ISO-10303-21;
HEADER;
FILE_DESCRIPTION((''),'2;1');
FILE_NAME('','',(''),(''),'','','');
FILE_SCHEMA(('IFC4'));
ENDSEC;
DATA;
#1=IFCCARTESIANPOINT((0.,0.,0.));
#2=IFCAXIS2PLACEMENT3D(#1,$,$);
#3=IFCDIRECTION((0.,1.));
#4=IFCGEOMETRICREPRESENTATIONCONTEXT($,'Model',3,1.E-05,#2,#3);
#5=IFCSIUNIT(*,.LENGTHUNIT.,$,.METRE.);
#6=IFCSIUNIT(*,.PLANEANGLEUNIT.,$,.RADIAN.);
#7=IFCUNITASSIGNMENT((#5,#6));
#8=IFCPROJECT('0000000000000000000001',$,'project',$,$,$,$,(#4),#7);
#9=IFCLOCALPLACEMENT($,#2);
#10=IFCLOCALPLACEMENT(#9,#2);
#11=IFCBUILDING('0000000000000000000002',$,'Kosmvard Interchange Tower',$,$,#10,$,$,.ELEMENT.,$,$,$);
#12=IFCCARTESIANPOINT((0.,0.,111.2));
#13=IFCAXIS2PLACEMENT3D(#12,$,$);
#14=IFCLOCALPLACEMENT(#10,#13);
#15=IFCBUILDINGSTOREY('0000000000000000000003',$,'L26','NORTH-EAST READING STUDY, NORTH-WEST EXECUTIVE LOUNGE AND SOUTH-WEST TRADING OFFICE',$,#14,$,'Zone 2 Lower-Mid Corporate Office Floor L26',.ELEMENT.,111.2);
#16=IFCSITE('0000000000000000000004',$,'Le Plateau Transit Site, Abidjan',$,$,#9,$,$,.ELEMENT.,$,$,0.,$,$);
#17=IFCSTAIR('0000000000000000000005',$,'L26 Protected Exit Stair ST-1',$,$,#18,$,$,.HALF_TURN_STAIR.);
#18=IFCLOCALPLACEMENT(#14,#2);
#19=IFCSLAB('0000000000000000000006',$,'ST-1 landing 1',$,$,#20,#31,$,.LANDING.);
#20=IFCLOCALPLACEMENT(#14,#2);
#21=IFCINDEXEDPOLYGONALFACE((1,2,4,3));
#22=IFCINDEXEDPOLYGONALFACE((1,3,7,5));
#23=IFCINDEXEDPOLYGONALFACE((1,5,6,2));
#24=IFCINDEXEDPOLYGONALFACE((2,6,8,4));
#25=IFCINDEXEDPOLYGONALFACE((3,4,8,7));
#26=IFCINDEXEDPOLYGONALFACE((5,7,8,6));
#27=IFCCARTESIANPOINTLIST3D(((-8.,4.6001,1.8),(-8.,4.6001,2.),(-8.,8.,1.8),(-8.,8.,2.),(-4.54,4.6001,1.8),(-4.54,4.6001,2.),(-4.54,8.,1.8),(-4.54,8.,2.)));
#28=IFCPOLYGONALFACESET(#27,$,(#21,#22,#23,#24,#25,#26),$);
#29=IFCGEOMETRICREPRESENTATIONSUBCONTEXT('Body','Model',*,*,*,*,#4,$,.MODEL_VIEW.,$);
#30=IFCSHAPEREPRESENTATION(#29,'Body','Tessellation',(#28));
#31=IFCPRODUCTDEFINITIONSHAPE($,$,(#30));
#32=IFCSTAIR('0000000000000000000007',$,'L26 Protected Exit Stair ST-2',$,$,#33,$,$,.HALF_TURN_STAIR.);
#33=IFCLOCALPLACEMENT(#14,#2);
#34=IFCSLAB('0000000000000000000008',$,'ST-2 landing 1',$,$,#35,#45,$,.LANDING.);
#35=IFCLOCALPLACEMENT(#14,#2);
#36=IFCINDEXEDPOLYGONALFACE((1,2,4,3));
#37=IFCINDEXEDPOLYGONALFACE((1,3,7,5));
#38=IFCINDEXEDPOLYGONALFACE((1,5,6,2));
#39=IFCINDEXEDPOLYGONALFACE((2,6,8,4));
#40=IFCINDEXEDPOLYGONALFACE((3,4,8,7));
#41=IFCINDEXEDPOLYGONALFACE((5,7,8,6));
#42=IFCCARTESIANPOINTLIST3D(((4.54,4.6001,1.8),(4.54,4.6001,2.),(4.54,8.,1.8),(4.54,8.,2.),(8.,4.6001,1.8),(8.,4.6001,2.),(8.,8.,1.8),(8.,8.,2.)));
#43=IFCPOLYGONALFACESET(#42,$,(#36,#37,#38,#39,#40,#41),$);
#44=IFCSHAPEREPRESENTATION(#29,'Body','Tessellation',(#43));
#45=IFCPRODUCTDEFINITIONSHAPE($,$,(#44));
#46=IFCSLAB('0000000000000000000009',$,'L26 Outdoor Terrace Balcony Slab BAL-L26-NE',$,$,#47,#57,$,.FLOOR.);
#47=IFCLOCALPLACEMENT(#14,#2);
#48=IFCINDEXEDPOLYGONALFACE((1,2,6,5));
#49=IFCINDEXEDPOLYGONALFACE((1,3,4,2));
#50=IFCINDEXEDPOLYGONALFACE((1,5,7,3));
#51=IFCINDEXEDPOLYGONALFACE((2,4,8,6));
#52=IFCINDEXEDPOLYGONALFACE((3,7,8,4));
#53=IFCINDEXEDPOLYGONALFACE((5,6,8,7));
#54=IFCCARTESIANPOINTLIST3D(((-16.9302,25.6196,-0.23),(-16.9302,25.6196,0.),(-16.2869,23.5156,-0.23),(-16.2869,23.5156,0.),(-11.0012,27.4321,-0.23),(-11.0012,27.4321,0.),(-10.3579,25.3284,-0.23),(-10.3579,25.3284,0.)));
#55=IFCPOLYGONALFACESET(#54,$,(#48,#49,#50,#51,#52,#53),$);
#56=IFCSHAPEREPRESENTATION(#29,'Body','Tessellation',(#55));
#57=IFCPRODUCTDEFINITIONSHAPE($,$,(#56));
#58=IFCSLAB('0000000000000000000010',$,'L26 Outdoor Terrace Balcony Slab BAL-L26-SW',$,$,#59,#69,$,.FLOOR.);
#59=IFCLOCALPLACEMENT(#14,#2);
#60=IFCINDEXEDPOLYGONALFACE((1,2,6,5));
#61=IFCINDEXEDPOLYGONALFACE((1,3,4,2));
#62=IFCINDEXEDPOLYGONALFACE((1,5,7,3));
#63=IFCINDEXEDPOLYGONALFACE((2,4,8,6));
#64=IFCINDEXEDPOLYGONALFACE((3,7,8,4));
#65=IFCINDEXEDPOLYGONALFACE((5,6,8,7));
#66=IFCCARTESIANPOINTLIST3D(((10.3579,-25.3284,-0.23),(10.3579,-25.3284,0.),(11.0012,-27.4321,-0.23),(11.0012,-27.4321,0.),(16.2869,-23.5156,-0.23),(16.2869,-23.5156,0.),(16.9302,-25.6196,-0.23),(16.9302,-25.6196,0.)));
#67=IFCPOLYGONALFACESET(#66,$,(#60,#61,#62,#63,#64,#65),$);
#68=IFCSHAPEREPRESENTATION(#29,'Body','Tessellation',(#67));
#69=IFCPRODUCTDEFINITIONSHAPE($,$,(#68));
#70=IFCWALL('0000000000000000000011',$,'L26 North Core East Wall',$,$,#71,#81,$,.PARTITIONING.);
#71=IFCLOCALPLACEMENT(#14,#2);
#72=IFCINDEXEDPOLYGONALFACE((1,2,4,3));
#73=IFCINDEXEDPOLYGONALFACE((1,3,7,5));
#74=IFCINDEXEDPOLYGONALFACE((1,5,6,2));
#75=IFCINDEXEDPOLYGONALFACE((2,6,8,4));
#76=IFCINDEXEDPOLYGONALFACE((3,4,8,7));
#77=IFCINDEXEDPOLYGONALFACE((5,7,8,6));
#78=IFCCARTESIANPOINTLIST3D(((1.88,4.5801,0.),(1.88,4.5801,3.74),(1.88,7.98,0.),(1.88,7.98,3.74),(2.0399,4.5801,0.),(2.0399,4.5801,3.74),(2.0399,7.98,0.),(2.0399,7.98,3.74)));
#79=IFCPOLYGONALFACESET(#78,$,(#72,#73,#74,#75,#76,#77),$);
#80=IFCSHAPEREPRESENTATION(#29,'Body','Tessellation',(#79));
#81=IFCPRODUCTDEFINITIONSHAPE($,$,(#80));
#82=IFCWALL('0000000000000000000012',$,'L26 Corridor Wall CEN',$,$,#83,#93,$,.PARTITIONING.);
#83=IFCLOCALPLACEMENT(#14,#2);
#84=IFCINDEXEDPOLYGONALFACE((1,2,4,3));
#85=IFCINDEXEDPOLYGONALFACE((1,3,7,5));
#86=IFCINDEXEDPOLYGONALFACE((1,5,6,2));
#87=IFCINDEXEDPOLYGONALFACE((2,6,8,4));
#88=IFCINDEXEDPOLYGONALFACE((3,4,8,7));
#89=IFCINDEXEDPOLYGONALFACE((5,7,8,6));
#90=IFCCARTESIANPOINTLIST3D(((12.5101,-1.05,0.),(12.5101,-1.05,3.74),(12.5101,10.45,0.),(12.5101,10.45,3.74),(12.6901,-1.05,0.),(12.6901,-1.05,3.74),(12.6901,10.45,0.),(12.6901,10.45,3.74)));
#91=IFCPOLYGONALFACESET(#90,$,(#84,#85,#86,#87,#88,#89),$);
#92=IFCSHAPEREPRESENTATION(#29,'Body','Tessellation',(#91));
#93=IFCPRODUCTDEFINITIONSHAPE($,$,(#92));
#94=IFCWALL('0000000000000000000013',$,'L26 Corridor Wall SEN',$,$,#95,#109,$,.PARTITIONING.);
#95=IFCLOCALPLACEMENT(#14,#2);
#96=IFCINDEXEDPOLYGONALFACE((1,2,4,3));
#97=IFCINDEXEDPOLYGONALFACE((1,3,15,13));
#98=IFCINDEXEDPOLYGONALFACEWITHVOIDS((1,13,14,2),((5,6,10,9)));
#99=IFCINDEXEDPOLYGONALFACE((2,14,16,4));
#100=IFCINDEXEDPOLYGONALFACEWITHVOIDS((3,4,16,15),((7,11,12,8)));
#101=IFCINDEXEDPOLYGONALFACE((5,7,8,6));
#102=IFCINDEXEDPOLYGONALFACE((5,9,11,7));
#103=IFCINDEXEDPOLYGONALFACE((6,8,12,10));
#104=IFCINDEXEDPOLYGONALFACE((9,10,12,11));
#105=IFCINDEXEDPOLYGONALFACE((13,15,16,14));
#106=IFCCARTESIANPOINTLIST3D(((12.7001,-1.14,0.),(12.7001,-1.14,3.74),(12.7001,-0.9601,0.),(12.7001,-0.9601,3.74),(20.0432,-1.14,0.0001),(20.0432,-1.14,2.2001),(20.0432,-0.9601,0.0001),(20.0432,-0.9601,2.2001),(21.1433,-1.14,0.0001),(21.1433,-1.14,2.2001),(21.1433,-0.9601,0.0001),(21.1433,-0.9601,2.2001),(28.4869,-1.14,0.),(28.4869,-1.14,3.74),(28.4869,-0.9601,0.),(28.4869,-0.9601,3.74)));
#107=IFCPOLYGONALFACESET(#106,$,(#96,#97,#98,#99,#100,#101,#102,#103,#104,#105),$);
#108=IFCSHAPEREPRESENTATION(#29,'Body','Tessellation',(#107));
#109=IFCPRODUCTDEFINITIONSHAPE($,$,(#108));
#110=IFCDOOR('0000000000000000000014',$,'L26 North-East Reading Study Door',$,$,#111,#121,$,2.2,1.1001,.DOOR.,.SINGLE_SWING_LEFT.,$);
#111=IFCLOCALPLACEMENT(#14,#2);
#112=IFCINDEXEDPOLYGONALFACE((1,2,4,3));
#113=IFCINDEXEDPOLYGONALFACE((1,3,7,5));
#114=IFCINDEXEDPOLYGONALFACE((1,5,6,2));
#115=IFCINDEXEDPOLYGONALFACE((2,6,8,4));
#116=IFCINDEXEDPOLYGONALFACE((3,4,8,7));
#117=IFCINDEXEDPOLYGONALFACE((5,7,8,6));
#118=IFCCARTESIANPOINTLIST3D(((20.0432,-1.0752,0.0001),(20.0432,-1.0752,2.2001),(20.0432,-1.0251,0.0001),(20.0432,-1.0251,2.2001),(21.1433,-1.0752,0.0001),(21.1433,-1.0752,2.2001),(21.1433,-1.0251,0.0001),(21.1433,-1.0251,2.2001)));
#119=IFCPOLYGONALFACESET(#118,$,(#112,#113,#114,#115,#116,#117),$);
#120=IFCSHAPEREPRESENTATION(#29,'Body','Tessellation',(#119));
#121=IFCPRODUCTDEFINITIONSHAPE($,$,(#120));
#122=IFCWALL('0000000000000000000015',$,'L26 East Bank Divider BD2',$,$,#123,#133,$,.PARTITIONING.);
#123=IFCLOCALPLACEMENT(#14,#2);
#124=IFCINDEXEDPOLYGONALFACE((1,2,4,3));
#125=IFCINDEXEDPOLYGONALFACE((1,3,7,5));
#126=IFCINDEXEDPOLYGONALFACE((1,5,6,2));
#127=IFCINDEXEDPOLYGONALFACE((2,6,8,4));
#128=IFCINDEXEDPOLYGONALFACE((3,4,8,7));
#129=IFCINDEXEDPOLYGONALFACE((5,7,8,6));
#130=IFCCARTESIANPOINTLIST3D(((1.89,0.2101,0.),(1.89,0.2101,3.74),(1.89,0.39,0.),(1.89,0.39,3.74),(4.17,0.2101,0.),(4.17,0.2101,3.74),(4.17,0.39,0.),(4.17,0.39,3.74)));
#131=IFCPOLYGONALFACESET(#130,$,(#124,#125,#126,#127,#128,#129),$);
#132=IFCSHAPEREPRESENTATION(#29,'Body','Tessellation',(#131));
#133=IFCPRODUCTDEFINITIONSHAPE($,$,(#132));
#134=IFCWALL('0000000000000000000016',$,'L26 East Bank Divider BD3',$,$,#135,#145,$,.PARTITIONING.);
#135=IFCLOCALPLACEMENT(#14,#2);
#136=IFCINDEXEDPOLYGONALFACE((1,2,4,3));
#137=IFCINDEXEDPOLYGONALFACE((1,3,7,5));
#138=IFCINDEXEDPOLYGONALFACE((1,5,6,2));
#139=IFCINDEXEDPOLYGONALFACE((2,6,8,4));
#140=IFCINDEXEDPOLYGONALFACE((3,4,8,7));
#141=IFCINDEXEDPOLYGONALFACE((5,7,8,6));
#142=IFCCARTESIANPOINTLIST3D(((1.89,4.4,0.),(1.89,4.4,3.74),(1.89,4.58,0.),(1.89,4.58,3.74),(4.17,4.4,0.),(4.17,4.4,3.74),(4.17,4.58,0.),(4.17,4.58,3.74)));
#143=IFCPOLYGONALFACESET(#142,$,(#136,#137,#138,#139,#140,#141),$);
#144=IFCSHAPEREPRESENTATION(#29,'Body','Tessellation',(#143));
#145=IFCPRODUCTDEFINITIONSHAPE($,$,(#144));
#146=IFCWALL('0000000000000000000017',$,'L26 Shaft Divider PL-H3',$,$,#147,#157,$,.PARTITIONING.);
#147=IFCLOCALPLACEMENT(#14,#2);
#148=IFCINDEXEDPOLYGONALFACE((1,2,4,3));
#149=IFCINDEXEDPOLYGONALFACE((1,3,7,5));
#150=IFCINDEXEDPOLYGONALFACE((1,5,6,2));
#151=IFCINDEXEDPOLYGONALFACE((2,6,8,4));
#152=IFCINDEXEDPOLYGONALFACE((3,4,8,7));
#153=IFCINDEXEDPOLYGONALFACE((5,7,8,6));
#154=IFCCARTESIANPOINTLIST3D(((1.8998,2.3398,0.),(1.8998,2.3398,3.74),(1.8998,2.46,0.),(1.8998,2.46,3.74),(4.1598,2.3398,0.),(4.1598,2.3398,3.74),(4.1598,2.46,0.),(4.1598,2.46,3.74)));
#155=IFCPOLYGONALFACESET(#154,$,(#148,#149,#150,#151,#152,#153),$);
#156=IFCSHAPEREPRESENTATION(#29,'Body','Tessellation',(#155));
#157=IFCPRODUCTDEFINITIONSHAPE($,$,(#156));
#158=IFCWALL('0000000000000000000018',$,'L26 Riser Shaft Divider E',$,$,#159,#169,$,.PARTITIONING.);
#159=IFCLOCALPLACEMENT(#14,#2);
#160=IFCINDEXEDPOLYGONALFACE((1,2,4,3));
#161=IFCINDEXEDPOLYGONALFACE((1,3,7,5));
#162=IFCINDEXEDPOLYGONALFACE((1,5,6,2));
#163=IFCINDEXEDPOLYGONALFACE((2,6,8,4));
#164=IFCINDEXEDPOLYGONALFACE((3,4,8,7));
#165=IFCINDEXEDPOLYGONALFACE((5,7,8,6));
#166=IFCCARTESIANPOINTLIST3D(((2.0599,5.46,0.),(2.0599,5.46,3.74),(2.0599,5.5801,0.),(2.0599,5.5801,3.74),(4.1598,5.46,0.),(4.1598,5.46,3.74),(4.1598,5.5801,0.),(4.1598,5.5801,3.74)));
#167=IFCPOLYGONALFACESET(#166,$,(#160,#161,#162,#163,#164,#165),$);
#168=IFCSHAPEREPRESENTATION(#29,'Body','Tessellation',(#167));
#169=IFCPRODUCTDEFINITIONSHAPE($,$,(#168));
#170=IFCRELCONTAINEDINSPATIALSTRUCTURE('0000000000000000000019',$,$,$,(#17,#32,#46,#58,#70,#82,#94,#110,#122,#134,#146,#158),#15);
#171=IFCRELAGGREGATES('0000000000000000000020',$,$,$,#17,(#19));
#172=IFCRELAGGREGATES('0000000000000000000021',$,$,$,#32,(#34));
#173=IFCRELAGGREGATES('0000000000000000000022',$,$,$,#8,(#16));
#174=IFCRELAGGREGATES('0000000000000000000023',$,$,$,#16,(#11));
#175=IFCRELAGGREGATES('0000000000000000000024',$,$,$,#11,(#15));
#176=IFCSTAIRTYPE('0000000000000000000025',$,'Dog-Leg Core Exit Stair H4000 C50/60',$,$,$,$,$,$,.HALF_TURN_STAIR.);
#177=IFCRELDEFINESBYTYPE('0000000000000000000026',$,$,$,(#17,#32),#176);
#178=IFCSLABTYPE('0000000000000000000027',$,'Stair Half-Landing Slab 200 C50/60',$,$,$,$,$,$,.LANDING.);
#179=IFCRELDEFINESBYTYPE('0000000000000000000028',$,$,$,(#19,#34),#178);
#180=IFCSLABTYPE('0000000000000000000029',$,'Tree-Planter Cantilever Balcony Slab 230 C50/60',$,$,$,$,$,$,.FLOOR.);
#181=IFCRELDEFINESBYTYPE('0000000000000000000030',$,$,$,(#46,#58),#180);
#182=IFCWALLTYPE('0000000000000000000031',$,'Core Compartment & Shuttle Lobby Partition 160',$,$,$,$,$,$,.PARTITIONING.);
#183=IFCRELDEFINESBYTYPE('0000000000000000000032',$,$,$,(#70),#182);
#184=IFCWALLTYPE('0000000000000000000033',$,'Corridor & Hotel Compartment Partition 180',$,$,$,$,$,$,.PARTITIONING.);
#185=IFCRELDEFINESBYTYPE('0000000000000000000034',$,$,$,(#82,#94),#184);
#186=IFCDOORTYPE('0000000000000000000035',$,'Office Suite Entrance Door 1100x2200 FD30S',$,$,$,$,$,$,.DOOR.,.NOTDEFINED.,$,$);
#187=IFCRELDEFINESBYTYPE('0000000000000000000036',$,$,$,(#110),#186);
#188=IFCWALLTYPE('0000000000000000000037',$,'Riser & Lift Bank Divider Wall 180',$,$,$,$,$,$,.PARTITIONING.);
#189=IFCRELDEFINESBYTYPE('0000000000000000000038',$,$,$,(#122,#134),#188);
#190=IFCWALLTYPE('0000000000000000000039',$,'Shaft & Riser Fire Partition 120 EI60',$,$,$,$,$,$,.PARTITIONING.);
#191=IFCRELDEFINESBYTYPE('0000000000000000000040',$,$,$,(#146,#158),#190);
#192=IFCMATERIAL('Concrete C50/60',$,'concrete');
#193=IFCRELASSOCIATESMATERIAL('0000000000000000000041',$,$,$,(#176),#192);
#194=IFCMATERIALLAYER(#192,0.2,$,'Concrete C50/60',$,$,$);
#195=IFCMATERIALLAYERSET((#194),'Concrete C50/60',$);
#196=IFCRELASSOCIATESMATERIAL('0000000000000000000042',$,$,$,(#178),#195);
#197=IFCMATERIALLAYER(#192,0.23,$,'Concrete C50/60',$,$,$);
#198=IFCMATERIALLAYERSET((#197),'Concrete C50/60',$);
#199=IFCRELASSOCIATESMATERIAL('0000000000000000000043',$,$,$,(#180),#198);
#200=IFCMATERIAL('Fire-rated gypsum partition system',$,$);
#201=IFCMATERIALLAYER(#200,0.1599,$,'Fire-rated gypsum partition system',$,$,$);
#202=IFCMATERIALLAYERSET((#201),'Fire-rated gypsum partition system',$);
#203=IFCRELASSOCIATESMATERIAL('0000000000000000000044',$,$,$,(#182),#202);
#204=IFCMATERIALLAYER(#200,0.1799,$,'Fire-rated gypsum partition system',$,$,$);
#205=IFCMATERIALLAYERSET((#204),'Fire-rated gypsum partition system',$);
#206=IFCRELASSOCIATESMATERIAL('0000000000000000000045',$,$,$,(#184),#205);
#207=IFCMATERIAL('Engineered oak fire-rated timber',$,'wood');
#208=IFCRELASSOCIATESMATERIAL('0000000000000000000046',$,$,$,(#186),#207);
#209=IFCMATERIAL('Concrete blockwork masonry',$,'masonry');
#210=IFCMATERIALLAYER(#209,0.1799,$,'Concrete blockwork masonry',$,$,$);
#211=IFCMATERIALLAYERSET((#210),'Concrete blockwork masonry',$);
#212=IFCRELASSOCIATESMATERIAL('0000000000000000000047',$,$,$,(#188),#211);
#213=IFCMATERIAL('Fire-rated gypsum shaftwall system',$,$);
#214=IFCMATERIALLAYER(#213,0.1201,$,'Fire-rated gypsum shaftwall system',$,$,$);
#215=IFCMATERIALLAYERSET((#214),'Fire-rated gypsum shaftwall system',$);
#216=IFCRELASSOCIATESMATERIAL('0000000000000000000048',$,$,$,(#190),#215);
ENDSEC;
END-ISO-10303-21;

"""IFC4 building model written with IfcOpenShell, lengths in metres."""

from ifc_helpers import new_model, si_unit, direction, frame, frame_2d, origin, place, context, subcontext, project, spatial, polyline, rectangle, outline, extrude, source, transform, mapped, material, layer, layer_set, type_object, element, fill, aggregate, save


model = new_model("IFC4")

# Units and contexts
model_context = context("Model", 3, precision=1e-05, world=origin(), true_north=direction((0.0, 1.0)))
body_context = subcontext(model_context, "Body", "Model", "MODEL_VIEW")
ifc_project = project(units=[si_unit("LENGTHUNIT", "METRE"), si_unit("PLANEANGLEUNIT", "RADIAN")], contexts=[model_context])

# Site, building, storey
site_placement = place(None, origin())
site = spatial("IfcSite", under=ifc_project, at=site_placement, Name="Le Plateau Transit Site, Abidjan", CompositionType="ELEMENT", RefElevation=0.0)
building_placement = place(site_placement, origin())
building = spatial("IfcBuilding", under=site, at=building_placement, Name="Kosmvard Interchange Tower", CompositionType="ELEMENT")
storey_placement = place(building_placement, frame((0.0, 0.0, 111.2)))
storey = spatial("IfcBuildingStorey", under=building, at=storey_placement, Name="L26", Description="NORTH-EAST READING STUDY, NORTH-WEST EXECUTIVE LOUNGE AND SOUTH-WEST TRADING OFFICE", LongName="Zone 2 Lower-Mid Corporate Office Floor L26", CompositionType="ELEMENT", Elevation=111.2)

# Shared definitions
ifc_material_1 = material(Name="Concrete C50/60", Category="concrete")

# Stairs, slabs
stair_type = type_object("IfcStairType", Name="Dog-Leg Core Exit Stair H4000 C50/60", PredefinedType="HALF_TURN_STAIR", material=ifc_material_1)
stair_1_placement = place(storey_placement, origin())
stair_1 = element("IfcStair", 1, at=stair_1_placement, inside=storey, type_object=stair_type, Name="L26 Protected Exit Stair ST-1", PredefinedType="HALF_TURN_STAIR")
ifc_layer_1 = layer(ifc_material_1, 0.2, Name="Concrete C50/60")
ifc_layer_set_1 = layer_set([ifc_layer_1], Name="Concrete C50/60")
slab_type_1 = type_object("IfcSlabType", Name="Stair Half-Landing Slab 200 C50/60", PredefinedType="LANDING", material=ifc_layer_set_1)
slab_1_placement = place(storey_placement, frame((0.0, 0.0, 1.8)))
slab_1 = element("IfcSlab", 2, at=slab_1_placement, type_object=slab_type_1, Name="ST-1 landing 1", PredefinedType="LANDING", context=body_context, shape_type="SweptSolid", body=[
    extrude(outline(polyline([(-4.54, 4.6001), (-4.54, 8.0), (-8.0, 8.0), (-8.0, 4.6001), (-4.54, 4.6001)])), origin(), (0.0, 0.0, 1.0), 0.2),
])
aggregate(stair_1, [slab_1])
stair_2_placement = place(storey_placement, origin())
stair_2 = element("IfcStair", 3, at=stair_2_placement, inside=storey, type_object=stair_type, Name="L26 Protected Exit Stair ST-2", PredefinedType="HALF_TURN_STAIR")
slab_2_placement = place(storey_placement, frame((0.0, 0.0, 1.8)))
slab_2 = element("IfcSlab", 4, at=slab_2_placement, type_object=slab_type_1, Name="ST-2 landing 1", PredefinedType="LANDING", context=body_context, shape_type="SweptSolid", body=[
    extrude(outline(polyline([(8.0, 4.6001), (8.0, 8.0), (4.54, 8.0), (4.54, 4.6001), (8.0, 4.6001)])), origin(), (0.0, 0.0, 1.0), 0.2),
])

# Slabs
ifc_layer_2 = layer(ifc_material_1, 0.23, Name="Concrete C50/60")
ifc_layer_set_2 = layer_set([ifc_layer_2], Name="Concrete C50/60")
slab_type_2 = type_object("IfcSlabType", Name="Tree-Planter Cantilever Balcony Slab 230 C50/60", PredefinedType="FLOOR", material=ifc_layer_set_2)
slab_3_placement = place(storey_placement, frame((0.0, 0.0, -0.23)))
element("IfcSlab", 5, at=slab_3_placement, inside=storey, type_object=slab_type_2, Name="L26 Outdoor Terrace Balcony Slab BAL-L26-NE", PredefinedType="FLOOR", context=body_context, shape_type="SweptSolid", body=[
    extrude(outline(polyline([(-16.2869, 23.5156), (-10.3579, 25.3284), (-11.0012, 27.4321), (-16.9302, 25.6196), (-16.2869, 23.5156)])), origin(), (0.0, 0.0, 1.0), 0.23),
])
slab_4_placement = place(storey_placement, frame((0.0, 0.0, -0.23)))
element("IfcSlab", 6, at=slab_4_placement, inside=storey, type_object=slab_type_2, Name="L26 Outdoor Terrace Balcony Slab BAL-L26-SW", PredefinedType="FLOOR", context=body_context, shape_type="SweptSolid", body=[
    extrude(outline(polyline([(11.0012, -27.4321), (16.9302, -25.6196), (16.2869, -23.5156), (10.3579, -25.3284), (11.0012, -27.4321)])), origin(), (0.0, 0.0, 1.0), 0.23),
])

# Walls
ifc_material_2 = material(Name="Fire-rated gypsum partition system")
ifc_layer_3 = layer(ifc_material_2, 0.1599, Name="Fire-rated gypsum partition system")
ifc_layer_set_3 = layer_set([ifc_layer_3], Name="Fire-rated gypsum partition system")
wall_type_1 = type_object("IfcWallType", Name="Core Compartment & Shuttle Lobby Partition 160", PredefinedType="PARTITIONING", material=ifc_layer_set_3)
wall_1_placement = place(storey_placement, frame((1.96, 4.5801, 0.0), z_axis=(0.0, 0.0, 1.0), x_axis=(0.0, 1.0, 0.0)))
element("IfcWall", 7, at=wall_1_placement, inside=storey, type_object=wall_type_1, Name="L26 North Core East Wall", PredefinedType="PARTITIONING", context=body_context, shape_type="SweptSolid", body=[
    extrude(rectangle(XDim=3.3999, YDim=0.1599, at=frame_2d((1.7, 0.0))), origin(), (0.0, 0.0, 1.0), 3.74),
])
ifc_layer_4 = layer(ifc_material_2, 0.1799, Name="Fire-rated gypsum partition system")
ifc_layer_set_4 = layer_set([ifc_layer_4], Name="Fire-rated gypsum partition system")
wall_type_2 = type_object("IfcWallType", Name="Corridor & Hotel Compartment Partition 180", PredefinedType="PARTITIONING", material=ifc_layer_set_4)
wall_2_placement = place(storey_placement, frame((12.6001, -1.05, 0.0), z_axis=(0.0, 0.0, 1.0), x_axis=(0.0, 1.0, 0.0)))
element("IfcWall", 8, at=wall_2_placement, inside=storey, type_object=wall_type_2, Name="L26 Corridor Wall CEN", PredefinedType="PARTITIONING", context=body_context, shape_type="SweptSolid", body=[
    extrude(rectangle(XDim=11.5, YDim=0.1799, at=frame_2d((5.75, 0.0))), origin(), (0.0, 0.0, 1.0), 3.74),
])

# Wall, opening, door
wall_3_placement = place(storey_placement, frame((12.7, -1.05, 0.0), z_axis=(0.0, 0.0, 1.0), x_axis=(1.0, 0.0, 0.0)))
wall_3 = element("IfcWall", 9, at=wall_3_placement, inside=storey, type_object=wall_type_2, Name="L26 Corridor Wall SEN", PredefinedType="PARTITIONING", context=body_context, shape_type="SweptSolid", body=[
    extrude(rectangle(XDim=15.7869, YDim=0.1799, at=frame_2d((7.8936, 0.0))), origin(), (0.0, 0.0, 1.0), 3.74),
])
opening_1_placement = place(wall_3_placement, frame((7.3433, 0.0, 0.0)))
opening_1 = element("IfcOpeningElement", 10, at=opening_1_placement, cuts=wall_3, PredefinedType="OPENING", context=body_context, shape_type="SweptSolid", body=[
    extrude(rectangle(XDim=1.1001, YDim=2.2, at=frame_2d((0.55, 1.1001))), frame((0.0, 0.1001, 0.0), z_axis=(0.0, -1.0, 0.0), x_axis=(1.0, 0.0, 0.0)), (0.0, 0.0, 1.0), 0.2),
])
ifc_material_3 = material(Name="Engineered oak fire-rated timber", Category="wood")
door_type_1 = type_object("IfcDoorType", Name="Office Suite Entrance Door 1100x2200 FD30S", OperationType="NOTDEFINED", PredefinedType="DOOR", material=ifc_material_3)
shared_shape_1 = source(origin(), body_context, "Body", "SweptSolid", [
    extrude(rectangle(XDim=1.1001, YDim=2.2, at=frame_2d((0.55, 1.1001))), frame((0.0, 0.0249, 0.0), z_axis=(0.0, -1.0, 0.0), x_axis=(1.0, 0.0, 0.0)), (0.0, 0.0, 1.0), 0.05),
])
door_1_placement = place(opening_1_placement, origin())
door_1 = element("IfcDoor", 11, at=door_1_placement, inside=storey, type_object=door_type_1, Name="L26 North-East Reading Study Door", OperationType="SINGLE_SWING_LEFT", OverallHeight=2.2, OverallWidth=1.1001, PredefinedType="DOOR", context=body_context, shape_type="MappedRepresentation", body=[
    mapped(shared_shape_1, transform((0.0, 0.0, 0.0), scale=1.0)),
])
fill(opening_1, door_1)

# Walls
ifc_material_4 = material(Name="Concrete blockwork masonry", Category="masonry")
ifc_layer_5 = layer(ifc_material_4, 0.1799, Name="Concrete blockwork masonry")
ifc_layer_set_5 = layer_set([ifc_layer_5], Name="Concrete blockwork masonry")
wall_type_3 = type_object("IfcWallType", Name="Riser & Lift Bank Divider Wall 180", PredefinedType="PARTITIONING", material=ifc_layer_set_5)
for number, where, z_axis, x_axis, name in (
    (12, (1.8899, 0.3, 0.0), (0.0, 0.0, 1.0), (1.0, 0.0, 0.0), "L26 East Bank Divider BD2"),
    (13, (1.8899, 4.49, 0.0), (0.0, 0.0, 1.0), (1.0, 0.0, 0.0), "L26 East Bank Divider BD3"),
):
    element("IfcWall", number, at=place(storey_placement, frame(where, z_axis=z_axis, x_axis=x_axis)), inside=storey, type_object=wall_type_3, Name=name, PredefinedType="PARTITIONING", context=body_context, shape_type="SweptSolid", body=[
        extrude(rectangle(XDim=2.28, YDim=0.1799, at=frame_2d((1.1401, 0.0))), origin(), (0.0, 0.0, 1.0), 3.74),
    ])
ifc_material_5 = material(Name="Fire-rated gypsum shaftwall system")
ifc_layer_6 = layer(ifc_material_5, 0.1201, Name="Fire-rated gypsum shaftwall system")
ifc_layer_set_6 = layer_set([ifc_layer_6], Name="Fire-rated gypsum shaftwall system")
wall_type_4 = type_object("IfcWallType", Name="Shaft & Riser Fire Partition 120 EI60", PredefinedType="PARTITIONING", material=ifc_layer_set_6)
wall_4_placement = place(storey_placement, frame((1.8999, 2.3999, 0.0), z_axis=(0.0, 0.0, 1.0), x_axis=(1.0, 0.0, 0.0)))
element("IfcWall", 14, at=wall_4_placement, inside=storey, type_object=wall_type_4, Name="L26 Shaft Divider PL-H3", PredefinedType="PARTITIONING", context=body_context, shape_type="SweptSolid", body=[
    extrude(rectangle(XDim=2.26, YDim=0.1201, at=frame_2d((1.1299, 0.0))), origin(), (0.0, 0.0, 1.0), 3.74),
])
wall_5_placement = place(storey_placement, frame((2.0601, 5.52, 0.0), z_axis=(0.0, 0.0, 1.0), x_axis=(1.0, 0.0, 0.0)))
element("IfcWall", 15, at=wall_5_placement, inside=storey, type_object=wall_type_4, Name="L26 Riser Shaft Divider E", PredefinedType="PARTITIONING", context=body_context, shape_type="SweptSolid", body=[
    extrude(rectangle(XDim=2.0999, YDim=0.1201, at=frame_2d((1.0498, 0.0))), origin(), (0.0, 0.0, 1.0), 3.74),
])

aggregate(stair_2, [slab_2])

save(model, "model.ifc")
